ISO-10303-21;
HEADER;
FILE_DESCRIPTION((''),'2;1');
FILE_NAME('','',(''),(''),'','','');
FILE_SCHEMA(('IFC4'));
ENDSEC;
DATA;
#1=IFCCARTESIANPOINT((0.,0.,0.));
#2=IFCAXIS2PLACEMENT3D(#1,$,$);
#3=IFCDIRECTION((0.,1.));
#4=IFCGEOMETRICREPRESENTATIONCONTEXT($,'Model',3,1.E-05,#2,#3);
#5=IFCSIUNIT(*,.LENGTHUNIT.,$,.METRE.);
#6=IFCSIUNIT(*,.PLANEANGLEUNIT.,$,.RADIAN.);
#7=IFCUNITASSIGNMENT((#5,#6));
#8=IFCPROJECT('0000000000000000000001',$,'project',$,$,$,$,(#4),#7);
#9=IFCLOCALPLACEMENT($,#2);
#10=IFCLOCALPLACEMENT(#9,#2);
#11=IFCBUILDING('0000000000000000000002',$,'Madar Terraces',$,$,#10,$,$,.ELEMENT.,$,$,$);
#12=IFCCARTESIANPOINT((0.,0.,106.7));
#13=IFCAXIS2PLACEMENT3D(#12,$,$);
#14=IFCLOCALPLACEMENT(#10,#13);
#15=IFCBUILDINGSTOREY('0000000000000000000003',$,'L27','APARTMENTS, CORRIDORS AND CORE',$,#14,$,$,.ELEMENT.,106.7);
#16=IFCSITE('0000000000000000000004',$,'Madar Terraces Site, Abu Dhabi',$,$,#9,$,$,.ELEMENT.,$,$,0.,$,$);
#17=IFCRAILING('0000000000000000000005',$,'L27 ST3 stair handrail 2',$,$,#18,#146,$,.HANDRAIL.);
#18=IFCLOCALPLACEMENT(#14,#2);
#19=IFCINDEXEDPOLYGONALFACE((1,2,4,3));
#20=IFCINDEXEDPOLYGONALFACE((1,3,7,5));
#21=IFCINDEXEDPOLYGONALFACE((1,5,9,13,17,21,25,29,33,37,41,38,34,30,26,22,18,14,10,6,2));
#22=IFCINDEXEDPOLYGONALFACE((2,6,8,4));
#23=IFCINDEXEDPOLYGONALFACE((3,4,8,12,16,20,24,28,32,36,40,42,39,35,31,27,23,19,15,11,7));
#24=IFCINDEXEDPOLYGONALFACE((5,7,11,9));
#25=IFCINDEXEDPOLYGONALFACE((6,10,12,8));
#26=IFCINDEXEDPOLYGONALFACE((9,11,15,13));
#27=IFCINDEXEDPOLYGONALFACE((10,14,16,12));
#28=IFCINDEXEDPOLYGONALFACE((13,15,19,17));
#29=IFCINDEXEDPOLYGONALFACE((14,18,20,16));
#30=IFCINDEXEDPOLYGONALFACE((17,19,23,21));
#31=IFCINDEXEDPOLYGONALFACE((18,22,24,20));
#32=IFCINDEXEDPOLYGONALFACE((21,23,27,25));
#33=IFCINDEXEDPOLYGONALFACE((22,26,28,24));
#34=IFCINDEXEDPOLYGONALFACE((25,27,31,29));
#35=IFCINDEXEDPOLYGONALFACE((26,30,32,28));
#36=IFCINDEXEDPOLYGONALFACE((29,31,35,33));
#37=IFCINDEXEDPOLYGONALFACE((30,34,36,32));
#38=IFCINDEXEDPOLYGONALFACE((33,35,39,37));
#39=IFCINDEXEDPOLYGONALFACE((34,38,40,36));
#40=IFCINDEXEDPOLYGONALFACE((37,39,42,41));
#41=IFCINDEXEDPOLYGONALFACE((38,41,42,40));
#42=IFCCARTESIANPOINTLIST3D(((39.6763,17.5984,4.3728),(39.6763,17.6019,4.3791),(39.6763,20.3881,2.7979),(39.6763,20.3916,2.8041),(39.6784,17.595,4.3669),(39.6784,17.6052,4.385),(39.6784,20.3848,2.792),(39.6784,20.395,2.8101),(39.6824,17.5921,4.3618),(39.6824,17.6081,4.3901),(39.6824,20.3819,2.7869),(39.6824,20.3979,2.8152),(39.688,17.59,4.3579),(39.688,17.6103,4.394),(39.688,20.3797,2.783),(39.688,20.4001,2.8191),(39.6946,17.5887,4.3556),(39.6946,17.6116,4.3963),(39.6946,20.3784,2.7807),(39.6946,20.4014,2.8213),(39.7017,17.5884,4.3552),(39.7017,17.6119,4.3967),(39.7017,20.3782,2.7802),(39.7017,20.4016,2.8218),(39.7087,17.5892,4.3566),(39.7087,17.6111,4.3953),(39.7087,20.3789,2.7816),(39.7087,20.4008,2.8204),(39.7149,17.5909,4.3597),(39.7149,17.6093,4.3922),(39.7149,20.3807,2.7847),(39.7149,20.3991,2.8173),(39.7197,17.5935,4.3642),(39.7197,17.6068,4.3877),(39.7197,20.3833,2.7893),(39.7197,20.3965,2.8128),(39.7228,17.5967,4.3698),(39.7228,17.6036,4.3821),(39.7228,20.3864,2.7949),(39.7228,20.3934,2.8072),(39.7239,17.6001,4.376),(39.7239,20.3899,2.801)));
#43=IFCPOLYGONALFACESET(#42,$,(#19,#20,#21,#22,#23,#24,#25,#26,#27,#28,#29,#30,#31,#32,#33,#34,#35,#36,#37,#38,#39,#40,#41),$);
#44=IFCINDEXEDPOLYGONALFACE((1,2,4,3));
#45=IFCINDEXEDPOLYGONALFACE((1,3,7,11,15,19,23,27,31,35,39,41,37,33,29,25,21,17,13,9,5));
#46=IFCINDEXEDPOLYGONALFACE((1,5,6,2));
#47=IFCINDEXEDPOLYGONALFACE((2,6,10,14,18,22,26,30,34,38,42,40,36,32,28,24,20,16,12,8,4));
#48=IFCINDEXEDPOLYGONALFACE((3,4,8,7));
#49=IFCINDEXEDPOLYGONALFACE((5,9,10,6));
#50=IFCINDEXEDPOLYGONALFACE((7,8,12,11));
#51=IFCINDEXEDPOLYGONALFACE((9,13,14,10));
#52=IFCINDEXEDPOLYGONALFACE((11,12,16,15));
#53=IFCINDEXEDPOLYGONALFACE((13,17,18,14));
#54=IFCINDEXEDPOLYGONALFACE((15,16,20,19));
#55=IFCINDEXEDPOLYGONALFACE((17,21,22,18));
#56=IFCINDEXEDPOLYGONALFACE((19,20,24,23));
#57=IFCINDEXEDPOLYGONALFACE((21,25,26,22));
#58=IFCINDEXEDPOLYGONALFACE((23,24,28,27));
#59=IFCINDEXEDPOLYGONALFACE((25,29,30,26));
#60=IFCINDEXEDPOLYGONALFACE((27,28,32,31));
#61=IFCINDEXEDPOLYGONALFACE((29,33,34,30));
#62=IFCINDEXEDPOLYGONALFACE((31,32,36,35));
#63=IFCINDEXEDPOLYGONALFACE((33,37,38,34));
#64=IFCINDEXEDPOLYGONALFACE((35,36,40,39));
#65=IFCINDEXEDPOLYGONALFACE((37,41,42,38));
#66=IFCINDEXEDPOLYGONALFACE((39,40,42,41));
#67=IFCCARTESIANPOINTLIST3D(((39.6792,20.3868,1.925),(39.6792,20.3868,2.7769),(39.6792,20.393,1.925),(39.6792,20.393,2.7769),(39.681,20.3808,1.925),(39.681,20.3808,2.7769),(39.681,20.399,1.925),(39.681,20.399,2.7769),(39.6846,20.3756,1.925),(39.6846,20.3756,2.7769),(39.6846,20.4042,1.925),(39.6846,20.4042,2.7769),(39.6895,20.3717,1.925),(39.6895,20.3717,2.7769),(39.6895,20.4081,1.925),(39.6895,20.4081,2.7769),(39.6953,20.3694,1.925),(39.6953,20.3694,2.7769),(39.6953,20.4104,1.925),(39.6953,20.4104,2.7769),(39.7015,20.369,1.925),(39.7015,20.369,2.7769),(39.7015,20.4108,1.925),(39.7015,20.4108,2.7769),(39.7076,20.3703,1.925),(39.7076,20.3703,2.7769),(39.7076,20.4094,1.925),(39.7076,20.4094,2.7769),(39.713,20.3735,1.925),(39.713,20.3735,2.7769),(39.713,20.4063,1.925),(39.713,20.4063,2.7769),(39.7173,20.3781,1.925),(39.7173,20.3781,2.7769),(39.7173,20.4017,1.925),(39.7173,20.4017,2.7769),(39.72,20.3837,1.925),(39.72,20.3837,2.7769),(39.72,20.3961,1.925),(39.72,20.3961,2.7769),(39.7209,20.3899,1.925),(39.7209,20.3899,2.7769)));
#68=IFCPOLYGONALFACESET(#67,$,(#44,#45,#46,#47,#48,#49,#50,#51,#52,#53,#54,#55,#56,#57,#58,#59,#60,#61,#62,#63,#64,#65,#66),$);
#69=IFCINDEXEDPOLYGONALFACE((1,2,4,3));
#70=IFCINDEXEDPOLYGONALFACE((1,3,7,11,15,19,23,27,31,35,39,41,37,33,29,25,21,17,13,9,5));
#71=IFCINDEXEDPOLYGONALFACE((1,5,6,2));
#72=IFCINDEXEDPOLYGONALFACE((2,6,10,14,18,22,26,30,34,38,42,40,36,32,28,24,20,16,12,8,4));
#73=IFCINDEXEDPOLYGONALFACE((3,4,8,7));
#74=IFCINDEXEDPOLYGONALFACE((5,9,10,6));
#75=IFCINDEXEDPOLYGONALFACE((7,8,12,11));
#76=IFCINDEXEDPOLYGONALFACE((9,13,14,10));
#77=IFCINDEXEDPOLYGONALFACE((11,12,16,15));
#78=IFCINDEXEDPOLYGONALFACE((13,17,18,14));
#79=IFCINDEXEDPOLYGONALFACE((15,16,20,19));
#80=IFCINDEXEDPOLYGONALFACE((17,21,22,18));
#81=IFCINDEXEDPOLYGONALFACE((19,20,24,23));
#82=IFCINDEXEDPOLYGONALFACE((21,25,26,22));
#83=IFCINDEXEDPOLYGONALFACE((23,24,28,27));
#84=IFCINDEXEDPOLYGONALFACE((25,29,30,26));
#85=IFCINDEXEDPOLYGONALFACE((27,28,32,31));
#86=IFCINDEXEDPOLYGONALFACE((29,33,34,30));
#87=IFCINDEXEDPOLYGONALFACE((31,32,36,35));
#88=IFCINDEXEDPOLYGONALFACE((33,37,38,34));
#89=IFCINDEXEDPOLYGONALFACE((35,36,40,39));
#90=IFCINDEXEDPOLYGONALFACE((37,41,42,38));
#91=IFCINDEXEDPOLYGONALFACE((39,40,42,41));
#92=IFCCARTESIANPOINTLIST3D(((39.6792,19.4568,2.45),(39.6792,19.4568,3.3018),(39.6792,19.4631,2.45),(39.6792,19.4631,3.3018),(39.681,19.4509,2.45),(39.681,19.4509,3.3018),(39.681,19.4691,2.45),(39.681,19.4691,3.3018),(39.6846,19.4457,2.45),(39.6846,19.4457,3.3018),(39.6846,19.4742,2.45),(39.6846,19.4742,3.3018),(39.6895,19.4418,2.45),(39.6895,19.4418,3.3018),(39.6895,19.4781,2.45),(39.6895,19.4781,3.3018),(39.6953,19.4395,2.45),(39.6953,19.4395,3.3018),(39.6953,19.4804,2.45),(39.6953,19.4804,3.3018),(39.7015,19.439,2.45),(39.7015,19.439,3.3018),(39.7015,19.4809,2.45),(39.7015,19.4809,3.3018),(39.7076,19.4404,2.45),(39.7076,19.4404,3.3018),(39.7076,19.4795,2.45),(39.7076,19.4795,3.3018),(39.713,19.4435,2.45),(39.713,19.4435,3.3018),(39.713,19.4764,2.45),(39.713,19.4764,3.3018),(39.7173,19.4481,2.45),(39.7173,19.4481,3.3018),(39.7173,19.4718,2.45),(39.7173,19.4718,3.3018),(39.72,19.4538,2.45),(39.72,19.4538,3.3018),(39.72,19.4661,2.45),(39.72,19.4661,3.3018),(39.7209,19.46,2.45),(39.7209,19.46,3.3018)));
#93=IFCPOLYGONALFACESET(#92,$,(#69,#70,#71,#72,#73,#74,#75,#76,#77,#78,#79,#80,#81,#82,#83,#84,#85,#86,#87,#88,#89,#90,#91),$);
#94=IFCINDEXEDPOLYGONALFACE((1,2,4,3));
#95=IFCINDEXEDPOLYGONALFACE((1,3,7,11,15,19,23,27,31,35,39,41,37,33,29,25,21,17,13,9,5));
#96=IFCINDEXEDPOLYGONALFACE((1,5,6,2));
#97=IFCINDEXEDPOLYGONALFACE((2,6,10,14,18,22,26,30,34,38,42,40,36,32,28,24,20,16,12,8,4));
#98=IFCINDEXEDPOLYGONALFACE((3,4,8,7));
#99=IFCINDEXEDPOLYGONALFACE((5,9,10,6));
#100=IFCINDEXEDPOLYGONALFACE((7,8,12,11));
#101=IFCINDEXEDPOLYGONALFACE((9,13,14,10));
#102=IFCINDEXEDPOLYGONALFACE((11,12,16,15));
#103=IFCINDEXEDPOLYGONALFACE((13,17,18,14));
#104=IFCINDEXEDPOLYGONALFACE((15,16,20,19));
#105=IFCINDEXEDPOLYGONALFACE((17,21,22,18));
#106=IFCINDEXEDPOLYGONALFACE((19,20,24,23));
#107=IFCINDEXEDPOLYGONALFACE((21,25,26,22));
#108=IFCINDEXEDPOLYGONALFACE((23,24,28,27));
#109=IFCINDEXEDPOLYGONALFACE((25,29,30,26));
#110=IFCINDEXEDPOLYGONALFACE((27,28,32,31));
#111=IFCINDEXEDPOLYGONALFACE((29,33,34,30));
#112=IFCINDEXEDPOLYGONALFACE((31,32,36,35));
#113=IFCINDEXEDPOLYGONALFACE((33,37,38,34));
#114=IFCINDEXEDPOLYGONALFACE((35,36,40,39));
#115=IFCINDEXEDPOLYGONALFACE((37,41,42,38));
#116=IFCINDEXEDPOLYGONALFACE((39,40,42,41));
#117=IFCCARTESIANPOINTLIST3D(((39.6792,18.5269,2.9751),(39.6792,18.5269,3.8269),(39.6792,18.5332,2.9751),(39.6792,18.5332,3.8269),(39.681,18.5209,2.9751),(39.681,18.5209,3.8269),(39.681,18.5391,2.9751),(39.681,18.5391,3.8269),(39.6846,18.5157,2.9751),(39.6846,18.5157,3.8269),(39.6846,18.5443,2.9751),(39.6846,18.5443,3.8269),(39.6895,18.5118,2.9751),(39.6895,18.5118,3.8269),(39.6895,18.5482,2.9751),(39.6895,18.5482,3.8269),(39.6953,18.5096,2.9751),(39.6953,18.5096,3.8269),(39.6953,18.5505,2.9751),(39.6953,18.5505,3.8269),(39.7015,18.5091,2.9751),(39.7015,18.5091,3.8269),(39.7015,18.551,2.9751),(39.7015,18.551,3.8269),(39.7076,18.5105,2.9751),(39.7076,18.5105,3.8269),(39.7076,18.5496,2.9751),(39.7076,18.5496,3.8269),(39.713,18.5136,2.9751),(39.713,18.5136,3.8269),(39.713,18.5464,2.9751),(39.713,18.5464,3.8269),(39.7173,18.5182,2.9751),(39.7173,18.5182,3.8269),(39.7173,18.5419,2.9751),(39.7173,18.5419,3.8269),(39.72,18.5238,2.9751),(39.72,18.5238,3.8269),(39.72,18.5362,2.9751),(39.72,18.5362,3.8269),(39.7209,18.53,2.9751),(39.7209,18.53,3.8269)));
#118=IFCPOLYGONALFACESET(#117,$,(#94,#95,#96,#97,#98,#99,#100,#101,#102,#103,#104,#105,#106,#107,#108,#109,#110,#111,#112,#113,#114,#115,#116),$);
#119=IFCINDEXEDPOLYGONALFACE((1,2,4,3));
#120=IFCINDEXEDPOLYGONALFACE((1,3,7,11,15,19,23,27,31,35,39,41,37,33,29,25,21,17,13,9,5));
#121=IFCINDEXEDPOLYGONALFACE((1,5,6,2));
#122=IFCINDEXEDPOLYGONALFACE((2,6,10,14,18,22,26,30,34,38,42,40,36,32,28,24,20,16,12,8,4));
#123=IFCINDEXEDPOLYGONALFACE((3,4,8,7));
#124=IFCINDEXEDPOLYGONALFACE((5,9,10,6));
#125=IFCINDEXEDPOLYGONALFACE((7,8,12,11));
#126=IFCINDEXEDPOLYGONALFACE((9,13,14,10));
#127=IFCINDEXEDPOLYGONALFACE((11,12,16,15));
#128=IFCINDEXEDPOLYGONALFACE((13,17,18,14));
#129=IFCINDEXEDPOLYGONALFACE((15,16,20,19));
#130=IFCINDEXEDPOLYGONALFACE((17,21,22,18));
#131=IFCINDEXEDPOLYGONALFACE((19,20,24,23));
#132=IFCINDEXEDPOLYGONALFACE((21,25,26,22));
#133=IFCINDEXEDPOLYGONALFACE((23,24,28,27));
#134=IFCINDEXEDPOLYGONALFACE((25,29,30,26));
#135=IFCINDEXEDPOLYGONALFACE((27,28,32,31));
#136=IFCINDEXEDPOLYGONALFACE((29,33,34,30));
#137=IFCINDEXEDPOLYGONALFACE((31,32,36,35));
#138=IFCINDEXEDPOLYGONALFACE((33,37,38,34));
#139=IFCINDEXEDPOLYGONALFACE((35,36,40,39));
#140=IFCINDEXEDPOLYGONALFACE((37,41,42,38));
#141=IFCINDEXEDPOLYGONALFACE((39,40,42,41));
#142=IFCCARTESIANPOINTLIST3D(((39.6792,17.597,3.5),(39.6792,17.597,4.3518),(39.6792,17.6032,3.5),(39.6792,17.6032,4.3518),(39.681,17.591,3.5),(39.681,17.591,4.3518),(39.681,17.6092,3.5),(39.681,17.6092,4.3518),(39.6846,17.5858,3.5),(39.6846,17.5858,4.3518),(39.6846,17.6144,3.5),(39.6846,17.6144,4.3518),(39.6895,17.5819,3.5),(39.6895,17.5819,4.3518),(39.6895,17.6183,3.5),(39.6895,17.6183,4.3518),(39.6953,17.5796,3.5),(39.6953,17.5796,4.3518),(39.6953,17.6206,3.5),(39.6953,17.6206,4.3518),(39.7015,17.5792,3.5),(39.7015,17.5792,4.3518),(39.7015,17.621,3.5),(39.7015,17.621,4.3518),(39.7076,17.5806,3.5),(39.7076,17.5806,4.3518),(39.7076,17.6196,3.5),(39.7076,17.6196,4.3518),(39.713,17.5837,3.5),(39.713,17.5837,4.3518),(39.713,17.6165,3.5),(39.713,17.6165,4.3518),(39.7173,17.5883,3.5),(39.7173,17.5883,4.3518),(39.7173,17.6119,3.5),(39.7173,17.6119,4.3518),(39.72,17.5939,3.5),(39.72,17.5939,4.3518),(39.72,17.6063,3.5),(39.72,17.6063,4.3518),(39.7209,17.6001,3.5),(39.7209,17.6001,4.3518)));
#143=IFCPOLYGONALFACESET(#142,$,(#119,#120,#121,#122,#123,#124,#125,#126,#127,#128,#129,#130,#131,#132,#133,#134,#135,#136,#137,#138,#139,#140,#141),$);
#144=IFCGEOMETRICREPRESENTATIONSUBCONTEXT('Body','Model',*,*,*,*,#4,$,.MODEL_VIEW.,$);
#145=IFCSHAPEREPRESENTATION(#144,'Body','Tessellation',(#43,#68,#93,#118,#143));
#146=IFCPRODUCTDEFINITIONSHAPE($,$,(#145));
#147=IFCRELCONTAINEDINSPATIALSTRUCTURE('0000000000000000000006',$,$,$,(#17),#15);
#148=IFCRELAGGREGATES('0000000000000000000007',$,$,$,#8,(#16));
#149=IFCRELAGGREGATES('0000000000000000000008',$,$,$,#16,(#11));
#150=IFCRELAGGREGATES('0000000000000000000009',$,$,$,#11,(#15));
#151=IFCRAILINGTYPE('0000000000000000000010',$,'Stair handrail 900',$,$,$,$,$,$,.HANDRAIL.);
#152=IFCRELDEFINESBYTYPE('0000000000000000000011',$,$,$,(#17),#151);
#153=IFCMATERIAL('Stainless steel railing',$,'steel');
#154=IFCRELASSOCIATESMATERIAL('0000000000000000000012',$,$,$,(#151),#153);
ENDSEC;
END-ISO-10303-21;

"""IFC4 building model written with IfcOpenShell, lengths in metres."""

from ifc_helpers import new_model, si_unit, direction, frame, origin, origin_2d, place, context, subcontext, project, spatial, circle, extrude, material, type_object, element, save


model = new_model("IFC4")

# Units and contexts
model_context = context("Model", 3, precision=1e-05, world=origin(), true_north=direction((0.0, 1.0)))
body_context = subcontext(model_context, "Body", "Model", "MODEL_VIEW")
ifc_project = project(units=[si_unit("LENGTHUNIT", "METRE"), si_unit("PLANEANGLEUNIT", "RADIAN")], contexts=[model_context])

# Site, building, storey
site_placement = place(None, origin())
site = spatial("IfcSite", under=ifc_project, at=site_placement, Name="Madar Terraces Site, Abu Dhabi", CompositionType="ELEMENT", RefElevation=0.0)
building_placement = place(site_placement, origin())
building = spatial("IfcBuilding", under=site, at=building_placement, Name="Madar Terraces", CompositionType="ELEMENT")
storey_placement = place(building_placement, frame((0.0, 0.0, 106.7)))
storey = spatial("IfcBuildingStorey", under=building, at=storey_placement, Name="L27", Description="APARTMENTS, CORRIDORS AND CORE", CompositionType="ELEMENT", Elevation=106.7)

# Railing
ifc_material_1 = material(Name="Stainless steel railing", Category="steel")
railing_type_1 = type_object("IfcRailingType", Name="Stair handrail 900", PredefinedType="HANDRAIL", material=ifc_material_1)
railing_1_placement = place(storey_placement, frame((39.7, 20.3899, 1.925)))
element("IfcRailing", 1, at=railing_1_placement, inside=storey, type_object=railing_type_1, Name="L27 ST3 stair handrail 2", PredefinedType="HANDRAIL", context=body_context, shape_type="SweptSolid", body=[
    extrude(circle(Radius=0.0239, at=origin_2d()), frame((0.0, 0.0, 0.876), z_axis=(0.0, -0.870815, 0.49161), x_axis=(1.0, 0.0, 0.0)), (0.0, 0.0, 1.0), 3.2036),
    extrude(circle(Radius=0.021, at=origin_2d()), origin(), (0.0, 0.0, 1.0), 0.8518),
    extrude(circle(Radius=0.021, at=origin_2d()), frame((0.0, -0.9299, 0.5249)), (0.0, 0.0, 1.0), 0.8518),
    extrude(circle(Radius=0.021, at=origin_2d()), frame((0.0, -1.8599, 1.05)), (0.0, 0.0, 1.0), 0.8518),
    extrude(circle(Radius=0.021, at=origin_2d()), frame((0.0, -2.7898, 1.575)), (0.0, 0.0, 1.0), 0.8518),
])

save(model, "model.ifc")
